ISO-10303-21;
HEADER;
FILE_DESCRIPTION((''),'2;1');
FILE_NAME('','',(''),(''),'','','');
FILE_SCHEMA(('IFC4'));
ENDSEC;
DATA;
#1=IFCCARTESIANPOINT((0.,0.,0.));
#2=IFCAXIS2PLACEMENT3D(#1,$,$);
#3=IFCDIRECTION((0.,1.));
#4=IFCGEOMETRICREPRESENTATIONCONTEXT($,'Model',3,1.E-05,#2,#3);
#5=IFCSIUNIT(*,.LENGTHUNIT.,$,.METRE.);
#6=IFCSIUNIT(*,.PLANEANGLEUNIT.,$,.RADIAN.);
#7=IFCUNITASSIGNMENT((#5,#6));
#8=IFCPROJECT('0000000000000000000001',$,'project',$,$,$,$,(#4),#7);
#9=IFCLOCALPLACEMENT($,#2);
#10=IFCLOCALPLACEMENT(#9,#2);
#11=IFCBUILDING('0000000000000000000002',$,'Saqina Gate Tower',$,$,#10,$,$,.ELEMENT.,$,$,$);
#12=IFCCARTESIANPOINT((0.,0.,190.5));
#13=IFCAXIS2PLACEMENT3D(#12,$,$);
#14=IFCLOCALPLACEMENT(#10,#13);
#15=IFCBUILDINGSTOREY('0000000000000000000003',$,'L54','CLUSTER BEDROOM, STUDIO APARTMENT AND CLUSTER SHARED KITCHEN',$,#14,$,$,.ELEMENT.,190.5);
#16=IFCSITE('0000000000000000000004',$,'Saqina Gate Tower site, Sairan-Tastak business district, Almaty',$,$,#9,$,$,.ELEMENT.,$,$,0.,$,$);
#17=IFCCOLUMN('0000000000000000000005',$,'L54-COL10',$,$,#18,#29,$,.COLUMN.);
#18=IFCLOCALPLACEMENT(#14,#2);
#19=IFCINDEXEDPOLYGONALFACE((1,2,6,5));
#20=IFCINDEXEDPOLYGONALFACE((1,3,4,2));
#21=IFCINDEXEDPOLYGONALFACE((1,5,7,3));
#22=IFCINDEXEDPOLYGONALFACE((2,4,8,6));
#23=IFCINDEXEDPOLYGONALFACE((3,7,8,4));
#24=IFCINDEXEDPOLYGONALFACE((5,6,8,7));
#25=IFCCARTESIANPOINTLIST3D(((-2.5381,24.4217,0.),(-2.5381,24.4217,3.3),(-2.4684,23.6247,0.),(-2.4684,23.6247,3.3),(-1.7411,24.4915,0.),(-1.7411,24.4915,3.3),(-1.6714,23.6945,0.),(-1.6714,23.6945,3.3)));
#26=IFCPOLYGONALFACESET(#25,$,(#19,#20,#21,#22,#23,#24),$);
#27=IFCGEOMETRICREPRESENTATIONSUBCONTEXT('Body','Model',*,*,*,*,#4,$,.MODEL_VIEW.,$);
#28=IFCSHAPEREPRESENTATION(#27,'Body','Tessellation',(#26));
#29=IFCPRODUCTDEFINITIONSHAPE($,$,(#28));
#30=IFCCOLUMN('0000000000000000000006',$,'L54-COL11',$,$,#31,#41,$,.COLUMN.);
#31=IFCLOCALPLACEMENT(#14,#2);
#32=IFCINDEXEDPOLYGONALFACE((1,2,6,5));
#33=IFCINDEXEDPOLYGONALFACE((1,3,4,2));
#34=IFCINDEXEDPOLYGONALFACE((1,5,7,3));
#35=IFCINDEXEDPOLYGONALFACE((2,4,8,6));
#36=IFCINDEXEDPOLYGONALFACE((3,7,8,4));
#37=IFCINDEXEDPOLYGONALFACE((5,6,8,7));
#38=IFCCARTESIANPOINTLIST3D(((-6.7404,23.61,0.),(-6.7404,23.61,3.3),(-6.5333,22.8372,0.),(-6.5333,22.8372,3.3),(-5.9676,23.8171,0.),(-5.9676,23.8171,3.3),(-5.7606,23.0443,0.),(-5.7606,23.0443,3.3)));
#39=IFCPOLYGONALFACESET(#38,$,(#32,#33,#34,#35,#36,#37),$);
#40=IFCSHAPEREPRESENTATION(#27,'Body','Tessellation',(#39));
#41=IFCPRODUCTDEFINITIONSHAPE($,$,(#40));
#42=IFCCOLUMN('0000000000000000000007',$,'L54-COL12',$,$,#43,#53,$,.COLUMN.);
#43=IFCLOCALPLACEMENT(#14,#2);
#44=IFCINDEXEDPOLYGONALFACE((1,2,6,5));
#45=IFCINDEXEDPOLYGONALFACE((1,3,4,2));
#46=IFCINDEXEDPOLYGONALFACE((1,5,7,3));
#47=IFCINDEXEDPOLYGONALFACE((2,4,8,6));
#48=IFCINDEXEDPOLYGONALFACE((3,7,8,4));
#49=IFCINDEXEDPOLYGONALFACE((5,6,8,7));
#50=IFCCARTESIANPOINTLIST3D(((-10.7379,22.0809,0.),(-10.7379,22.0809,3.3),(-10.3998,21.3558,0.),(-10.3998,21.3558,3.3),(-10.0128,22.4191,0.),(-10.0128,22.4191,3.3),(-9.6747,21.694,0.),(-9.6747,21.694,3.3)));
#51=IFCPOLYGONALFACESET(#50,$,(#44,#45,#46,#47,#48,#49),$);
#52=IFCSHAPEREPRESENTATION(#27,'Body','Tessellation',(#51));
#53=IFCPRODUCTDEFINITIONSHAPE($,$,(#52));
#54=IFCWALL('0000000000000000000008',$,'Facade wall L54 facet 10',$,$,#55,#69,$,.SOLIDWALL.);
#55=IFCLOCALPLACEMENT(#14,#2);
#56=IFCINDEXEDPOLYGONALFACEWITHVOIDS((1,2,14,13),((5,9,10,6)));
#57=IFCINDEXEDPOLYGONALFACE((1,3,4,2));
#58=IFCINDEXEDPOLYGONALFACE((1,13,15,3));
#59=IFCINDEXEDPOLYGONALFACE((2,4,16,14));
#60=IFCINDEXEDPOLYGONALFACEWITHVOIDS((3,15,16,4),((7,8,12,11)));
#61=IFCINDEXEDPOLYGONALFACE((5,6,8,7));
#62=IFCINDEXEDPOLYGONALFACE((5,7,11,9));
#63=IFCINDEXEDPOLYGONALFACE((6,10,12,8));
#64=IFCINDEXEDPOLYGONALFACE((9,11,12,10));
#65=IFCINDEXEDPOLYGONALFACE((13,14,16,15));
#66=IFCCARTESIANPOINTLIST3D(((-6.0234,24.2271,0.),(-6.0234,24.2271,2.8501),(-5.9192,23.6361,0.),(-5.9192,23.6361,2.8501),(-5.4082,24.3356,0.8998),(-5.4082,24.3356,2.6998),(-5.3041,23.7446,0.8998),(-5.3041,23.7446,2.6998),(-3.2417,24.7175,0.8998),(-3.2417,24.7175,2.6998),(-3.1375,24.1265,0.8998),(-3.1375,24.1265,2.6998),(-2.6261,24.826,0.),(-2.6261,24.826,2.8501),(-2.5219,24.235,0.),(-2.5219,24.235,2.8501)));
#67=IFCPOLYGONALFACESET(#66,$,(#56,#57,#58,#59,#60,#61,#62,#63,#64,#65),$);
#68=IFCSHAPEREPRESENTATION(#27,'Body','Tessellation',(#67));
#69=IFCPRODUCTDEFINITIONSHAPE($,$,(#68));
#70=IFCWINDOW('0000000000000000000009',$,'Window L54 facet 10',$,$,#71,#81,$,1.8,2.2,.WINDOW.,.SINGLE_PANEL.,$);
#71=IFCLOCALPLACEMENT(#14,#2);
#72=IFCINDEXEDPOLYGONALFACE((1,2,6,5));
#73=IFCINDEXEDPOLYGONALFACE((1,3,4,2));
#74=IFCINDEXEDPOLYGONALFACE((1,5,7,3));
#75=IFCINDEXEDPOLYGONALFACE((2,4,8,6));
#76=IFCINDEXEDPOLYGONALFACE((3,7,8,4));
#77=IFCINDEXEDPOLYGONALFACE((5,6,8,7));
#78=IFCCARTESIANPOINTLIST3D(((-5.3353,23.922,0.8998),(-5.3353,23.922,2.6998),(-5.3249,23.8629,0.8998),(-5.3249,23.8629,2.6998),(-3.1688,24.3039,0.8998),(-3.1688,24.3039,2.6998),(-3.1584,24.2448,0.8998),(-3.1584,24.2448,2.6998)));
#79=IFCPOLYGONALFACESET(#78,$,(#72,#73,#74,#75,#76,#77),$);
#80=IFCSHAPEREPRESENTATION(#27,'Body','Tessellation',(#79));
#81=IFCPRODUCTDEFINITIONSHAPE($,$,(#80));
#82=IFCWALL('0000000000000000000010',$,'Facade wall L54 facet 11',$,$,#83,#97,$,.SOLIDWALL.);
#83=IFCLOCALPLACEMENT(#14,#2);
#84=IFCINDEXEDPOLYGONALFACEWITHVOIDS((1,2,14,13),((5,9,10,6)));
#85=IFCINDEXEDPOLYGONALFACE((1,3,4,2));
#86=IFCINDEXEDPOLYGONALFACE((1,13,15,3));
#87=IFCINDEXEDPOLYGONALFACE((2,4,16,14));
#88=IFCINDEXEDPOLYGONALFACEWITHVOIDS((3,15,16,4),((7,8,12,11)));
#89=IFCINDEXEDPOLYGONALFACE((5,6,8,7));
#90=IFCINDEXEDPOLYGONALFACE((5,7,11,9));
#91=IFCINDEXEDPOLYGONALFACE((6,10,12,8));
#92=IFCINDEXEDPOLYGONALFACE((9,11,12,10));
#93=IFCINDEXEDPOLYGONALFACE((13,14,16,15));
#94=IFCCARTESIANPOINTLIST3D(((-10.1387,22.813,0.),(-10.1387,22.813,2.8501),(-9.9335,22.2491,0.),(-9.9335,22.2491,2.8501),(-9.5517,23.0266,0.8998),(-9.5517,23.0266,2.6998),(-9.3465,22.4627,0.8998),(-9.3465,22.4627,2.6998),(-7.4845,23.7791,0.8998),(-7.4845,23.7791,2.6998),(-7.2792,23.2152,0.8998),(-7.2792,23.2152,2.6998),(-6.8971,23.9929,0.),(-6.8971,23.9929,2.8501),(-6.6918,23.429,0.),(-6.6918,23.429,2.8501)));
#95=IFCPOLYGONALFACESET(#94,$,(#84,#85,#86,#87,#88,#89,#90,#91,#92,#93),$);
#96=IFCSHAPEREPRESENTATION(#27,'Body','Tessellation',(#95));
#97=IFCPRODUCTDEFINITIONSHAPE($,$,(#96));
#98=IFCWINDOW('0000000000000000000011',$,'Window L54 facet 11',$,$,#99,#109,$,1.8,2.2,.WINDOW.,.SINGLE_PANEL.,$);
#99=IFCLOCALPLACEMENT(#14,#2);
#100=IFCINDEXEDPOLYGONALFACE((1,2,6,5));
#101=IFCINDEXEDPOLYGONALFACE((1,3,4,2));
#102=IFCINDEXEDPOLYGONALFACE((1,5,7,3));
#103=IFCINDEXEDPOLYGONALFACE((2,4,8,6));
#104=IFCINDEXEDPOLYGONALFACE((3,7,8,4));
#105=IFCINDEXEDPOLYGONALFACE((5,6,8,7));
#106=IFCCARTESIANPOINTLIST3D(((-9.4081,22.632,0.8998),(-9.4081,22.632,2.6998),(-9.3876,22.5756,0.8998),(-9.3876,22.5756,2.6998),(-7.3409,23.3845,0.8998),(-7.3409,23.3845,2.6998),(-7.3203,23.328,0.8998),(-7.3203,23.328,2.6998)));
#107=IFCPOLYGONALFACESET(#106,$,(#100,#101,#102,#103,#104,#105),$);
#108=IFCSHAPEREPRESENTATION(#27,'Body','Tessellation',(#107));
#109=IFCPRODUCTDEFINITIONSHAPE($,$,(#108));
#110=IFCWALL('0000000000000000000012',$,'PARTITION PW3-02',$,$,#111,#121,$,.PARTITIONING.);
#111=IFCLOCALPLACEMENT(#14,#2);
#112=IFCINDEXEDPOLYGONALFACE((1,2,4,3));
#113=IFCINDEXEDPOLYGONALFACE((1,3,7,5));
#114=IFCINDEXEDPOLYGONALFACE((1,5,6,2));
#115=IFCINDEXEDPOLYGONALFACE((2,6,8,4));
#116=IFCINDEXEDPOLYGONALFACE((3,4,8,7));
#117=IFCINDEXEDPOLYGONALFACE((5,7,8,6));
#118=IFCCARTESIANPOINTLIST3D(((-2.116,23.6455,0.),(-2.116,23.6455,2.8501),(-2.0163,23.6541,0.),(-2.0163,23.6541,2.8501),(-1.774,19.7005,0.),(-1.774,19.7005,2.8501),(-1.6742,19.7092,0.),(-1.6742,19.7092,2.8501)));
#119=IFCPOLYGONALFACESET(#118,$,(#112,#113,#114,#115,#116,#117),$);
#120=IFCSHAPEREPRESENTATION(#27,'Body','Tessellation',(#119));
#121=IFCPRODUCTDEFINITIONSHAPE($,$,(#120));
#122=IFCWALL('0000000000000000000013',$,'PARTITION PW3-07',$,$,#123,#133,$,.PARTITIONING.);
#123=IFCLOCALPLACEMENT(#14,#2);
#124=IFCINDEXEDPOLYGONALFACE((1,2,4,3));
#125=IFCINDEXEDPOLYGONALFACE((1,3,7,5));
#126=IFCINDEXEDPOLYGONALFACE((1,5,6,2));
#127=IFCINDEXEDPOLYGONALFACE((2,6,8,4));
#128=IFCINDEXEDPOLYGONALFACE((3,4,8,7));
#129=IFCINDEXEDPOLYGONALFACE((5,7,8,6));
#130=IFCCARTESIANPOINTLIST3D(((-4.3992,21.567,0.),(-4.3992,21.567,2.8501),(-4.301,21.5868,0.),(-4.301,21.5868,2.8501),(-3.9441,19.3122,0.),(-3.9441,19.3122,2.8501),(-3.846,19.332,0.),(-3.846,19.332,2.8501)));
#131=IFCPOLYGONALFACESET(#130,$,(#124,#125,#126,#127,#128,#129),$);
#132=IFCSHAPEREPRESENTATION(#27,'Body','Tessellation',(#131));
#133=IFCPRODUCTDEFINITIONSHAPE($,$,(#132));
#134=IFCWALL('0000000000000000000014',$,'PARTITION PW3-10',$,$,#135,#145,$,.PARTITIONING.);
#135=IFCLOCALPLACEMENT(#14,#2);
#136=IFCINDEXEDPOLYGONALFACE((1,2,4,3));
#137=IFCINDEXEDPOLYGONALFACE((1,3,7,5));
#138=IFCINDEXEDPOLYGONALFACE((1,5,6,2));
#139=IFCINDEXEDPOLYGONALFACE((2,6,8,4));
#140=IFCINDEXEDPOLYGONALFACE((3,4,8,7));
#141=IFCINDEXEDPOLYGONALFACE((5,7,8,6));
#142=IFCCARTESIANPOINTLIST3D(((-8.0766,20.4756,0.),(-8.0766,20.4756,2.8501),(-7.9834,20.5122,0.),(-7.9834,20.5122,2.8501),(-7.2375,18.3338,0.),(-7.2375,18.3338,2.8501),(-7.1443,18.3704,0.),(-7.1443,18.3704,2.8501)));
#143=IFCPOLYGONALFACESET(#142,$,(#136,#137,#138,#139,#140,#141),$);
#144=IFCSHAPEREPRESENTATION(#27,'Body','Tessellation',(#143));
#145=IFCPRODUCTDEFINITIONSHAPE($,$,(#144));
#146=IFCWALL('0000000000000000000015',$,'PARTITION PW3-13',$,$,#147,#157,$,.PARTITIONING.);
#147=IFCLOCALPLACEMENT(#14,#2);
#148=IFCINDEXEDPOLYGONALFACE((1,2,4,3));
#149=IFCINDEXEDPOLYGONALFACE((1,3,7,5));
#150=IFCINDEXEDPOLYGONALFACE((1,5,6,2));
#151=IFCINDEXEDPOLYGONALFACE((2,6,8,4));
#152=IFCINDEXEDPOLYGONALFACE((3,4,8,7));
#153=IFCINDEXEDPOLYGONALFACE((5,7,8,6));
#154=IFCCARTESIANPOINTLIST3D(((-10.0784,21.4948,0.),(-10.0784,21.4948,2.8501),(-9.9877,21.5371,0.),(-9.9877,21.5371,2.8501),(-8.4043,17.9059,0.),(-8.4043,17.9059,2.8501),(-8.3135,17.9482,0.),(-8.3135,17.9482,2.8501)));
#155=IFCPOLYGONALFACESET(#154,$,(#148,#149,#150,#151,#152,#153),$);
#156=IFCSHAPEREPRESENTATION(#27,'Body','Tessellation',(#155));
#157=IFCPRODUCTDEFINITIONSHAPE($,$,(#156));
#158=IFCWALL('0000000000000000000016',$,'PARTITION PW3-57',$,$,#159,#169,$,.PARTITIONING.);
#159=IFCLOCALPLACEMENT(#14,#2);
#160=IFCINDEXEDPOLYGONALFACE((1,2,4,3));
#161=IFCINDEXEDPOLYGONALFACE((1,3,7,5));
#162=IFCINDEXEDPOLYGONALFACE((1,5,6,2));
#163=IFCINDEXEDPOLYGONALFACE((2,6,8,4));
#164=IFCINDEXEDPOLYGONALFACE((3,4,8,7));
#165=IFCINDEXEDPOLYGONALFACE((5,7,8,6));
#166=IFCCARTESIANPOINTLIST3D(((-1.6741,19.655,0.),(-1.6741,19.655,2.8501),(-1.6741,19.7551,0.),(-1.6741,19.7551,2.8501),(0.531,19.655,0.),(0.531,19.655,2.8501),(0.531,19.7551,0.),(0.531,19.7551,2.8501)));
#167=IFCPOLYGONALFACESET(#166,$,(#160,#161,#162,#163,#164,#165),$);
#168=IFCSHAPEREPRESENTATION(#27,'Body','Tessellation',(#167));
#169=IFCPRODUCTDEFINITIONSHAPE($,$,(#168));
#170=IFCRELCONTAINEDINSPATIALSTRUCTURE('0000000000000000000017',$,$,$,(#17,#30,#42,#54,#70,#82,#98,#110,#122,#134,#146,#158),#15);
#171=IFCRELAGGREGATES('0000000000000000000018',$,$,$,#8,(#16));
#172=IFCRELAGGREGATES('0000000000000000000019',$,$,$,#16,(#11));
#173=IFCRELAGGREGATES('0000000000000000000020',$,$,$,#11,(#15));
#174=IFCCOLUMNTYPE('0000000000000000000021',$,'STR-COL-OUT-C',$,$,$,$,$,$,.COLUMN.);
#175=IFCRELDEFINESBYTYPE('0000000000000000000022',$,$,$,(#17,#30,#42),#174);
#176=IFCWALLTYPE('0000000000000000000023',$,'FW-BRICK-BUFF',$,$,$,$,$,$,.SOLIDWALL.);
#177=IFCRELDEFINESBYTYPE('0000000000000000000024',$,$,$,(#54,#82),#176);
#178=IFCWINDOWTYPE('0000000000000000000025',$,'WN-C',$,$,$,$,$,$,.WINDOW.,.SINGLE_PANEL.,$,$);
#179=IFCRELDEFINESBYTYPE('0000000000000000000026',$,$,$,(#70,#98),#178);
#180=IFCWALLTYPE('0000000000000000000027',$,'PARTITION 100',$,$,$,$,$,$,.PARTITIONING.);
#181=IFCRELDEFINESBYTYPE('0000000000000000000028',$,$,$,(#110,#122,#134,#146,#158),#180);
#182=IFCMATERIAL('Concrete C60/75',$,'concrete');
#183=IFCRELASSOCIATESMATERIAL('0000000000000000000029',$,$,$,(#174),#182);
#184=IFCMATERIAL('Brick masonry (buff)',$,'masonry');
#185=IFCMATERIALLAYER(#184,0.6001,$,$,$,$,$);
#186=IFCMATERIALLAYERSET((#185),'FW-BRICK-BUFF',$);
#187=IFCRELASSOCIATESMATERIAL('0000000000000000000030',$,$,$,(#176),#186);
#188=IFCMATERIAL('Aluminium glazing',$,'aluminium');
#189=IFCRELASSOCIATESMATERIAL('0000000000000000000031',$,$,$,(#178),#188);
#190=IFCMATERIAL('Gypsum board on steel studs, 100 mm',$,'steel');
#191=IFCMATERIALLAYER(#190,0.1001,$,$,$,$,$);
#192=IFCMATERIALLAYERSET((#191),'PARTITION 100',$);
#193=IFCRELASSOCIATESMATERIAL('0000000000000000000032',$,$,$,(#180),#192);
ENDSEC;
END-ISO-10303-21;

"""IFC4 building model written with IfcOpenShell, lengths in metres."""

from ifc_helpers import new_model, si_unit, direction, frame, frame_2d, origin, origin_2d, place, context, subcontext, project, spatial, rectangle, extrude, material, layer, layer_set, material_profile, profile_set, type_object, element, fill, save


model = new_model("IFC4")

# Units and contexts
model_context = context("Model", 3, precision=1e-05, world=origin(), true_north=direction((0.0, 1.0)))
body_context = subcontext(model_context, "Body", "Model", "MODEL_VIEW")
ifc_project = project(units=[si_unit("LENGTHUNIT", "METRE"), si_unit("PLANEANGLEUNIT", "RADIAN")], contexts=[model_context])

# Site, building, storey
site_placement = place(None, origin())
site = spatial("IfcSite", under=ifc_project, at=site_placement, Name="Saqina Gate Tower site, Sairan-Tastak business district, Almaty", CompositionType="ELEMENT", RefElevation=0.0)
building_placement = place(site_placement, origin())
building = spatial("IfcBuilding", under=site, at=building_placement, Name="Saqina Gate Tower", CompositionType="ELEMENT")
storey_placement = place(building_placement, frame((0.0, 0.0, 190.5)))
storey = spatial("IfcBuildingStorey", under=building, at=storey_placement, Name="L54", Description="CLUSTER BEDROOM, STUDIO APARTMENT AND CLUSTER SHARED KITCHEN", CompositionType="ELEMENT", Elevation=190.5)

# Columns
ifc_material_1 = material(Name="Concrete C60/75", Category="concrete")
ifc_material_profile = material_profile(ifc_material_1, rectangle(XDim=0.8, YDim=0.8, at=origin_2d()), Name="RC 800x800")
ifc_profile_set = profile_set([ifc_material_profile], Name="Concrete C60/75")
column_type = type_object("IfcColumnType", Name="STR-COL-OUT-C", PredefinedType="COLUMN", material=ifc_profile_set)
for number, where, z_axis, x_axis, name in (
    (1, (-2.1047, 24.0581, 0.0), (0.0, 0.0, 1.0), (-0.087156, 0.996195, 0.0), "L54-COL10"),
    (2, (-6.2505, 23.3271, 0.0), (0.0, 0.0, 1.0), (-0.258819, 0.965926, 0.0), "L54-COL11"),
    (3, (-10.2063, 21.8875, 0.0), (0.0, 0.0, 1.0), (-0.422618, 0.906308, 0.0), "L54-COL12"),
):
    element("IfcColumn", number, at=place(storey_placement, frame(where, z_axis=z_axis, x_axis=x_axis)), inside=storey, type_object=column_type, Name=name, PredefinedType="COLUMN", context=body_context, shape_type="SweptSolid", body=[
        extrude(rectangle(XDim=0.8, YDim=0.8, at=origin_2d()), origin(), (0.0, 0.0, 1.0), 3.3),
    ])

# Walls, openings, windows
ifc_material_2 = material(Name="Brick masonry (buff)", Category="masonry")
ifc_layer_1 = layer(ifc_material_2, 0.6001)
ifc_layer_set_1 = layer_set([ifc_layer_1], Name="FW-BRICK-BUFF")
wall_type_1 = type_object("IfcWallType", Name="FW-BRICK-BUFF", PredefinedType="SOLIDWALL", material=ifc_layer_set_1)
wall_1_placement = place(storey_placement, frame((-2.574, 24.5305, 0.0), z_axis=(0.0, 0.0, 1.0), x_axis=(-0.984815, -0.173608, 0.0)))
wall_1 = element("IfcWall", 4, at=wall_1_placement, inside=storey, type_object=wall_type_1, Name="Facade wall L54 facet 10", PredefinedType="SOLIDWALL", context=body_context, shape_type="SweptSolid", body=[
    extrude(rectangle(XDim=3.4497, YDim=0.6001, at=frame_2d((1.7249, 0.0))), origin(), (0.0, 0.0, 1.0), 2.8501),
])
opening_1_placement = place(wall_1_placement, frame((0.625, 0.0, 0.8999)))
opening_1 = element("IfcOpeningElement", 5, at=opening_1_placement, cuts=wall_1, PredefinedType="OPENING", context=body_context, shape_type="SweptSolid", body=[
    extrude(rectangle(XDim=2.2, YDim=1.8, at=frame_2d((1.1001, 0.8999))), frame((0.0, 0.312, 0.0), z_axis=(0.0, -1.0, 0.0), x_axis=(1.0, 0.0, 0.0)), (0.0, 0.0, 1.0), 0.624),
])
ifc_material_3 = material(Name="Aluminium glazing", Category="aluminium")
window_type = type_object("IfcWindowType", Name="WN-C", PartitioningType="SINGLE_PANEL", PredefinedType="WINDOW", material=ifc_material_3)
window_1_placement = place(opening_1_placement, origin())
window_1 = element("IfcWindow", 6, at=window_1_placement, inside=storey, type_object=window_type, Name="Window L54 facet 10", OverallHeight=1.8, OverallWidth=2.2, PartitioningType="SINGLE_PANEL", PredefinedType="WINDOW", context=body_context, shape_type="SweptSolid", body=[
    extrude(rectangle(XDim=2.2, YDim=1.8, at=frame_2d((1.1001, 0.8999))), frame((0.0, 0.1799, 0.0), z_axis=(0.0, -1.0, 0.0), x_axis=(1.0, 0.0, 0.0)), (0.0, 0.0, 1.0), 0.0601),
])
fill(opening_1, window_1)
wall_2_placement = place(storey_placement, frame((-6.7944, 23.7109, 0.0), z_axis=(0.0, 0.0, 1.0), x_axis=(-0.939688, -0.342033, 0.0)))
wall_2 = element("IfcWall", 7, at=wall_2_placement, inside=storey, type_object=wall_type_1, Name="Facade wall L54 facet 11", PredefinedType="SOLIDWALL", context=body_context, shape_type="SweptSolid", body=[
    extrude(rectangle(XDim=3.4497, YDim=0.6001, at=frame_2d((1.7249, 0.0))), origin(), (0.0, 0.0, 1.0), 2.8501),
])
opening_2_placement = place(wall_2_placement, frame((0.625, 0.0, 0.8999)))
opening_2 = element("IfcOpeningElement", 8, at=opening_2_placement, cuts=wall_2, PredefinedType="OPENING", context=body_context, shape_type="SweptSolid", body=[
    extrude(rectangle(XDim=2.2, YDim=1.8, at=frame_2d((1.1001, 0.8999))), frame((0.0, 0.312, 0.0), z_axis=(0.0, -1.0, 0.0), x_axis=(1.0, 0.0, 0.0)), (0.0, 0.0, 1.0), 0.624),
])
window_2_placement = place(opening_2_placement, origin())
window_2 = element("IfcWindow", 9, at=window_2_placement, inside=storey, type_object=window_type, Name="Window L54 facet 11", OverallHeight=1.8, OverallWidth=2.2, PartitioningType="SINGLE_PANEL", PredefinedType="WINDOW", context=body_context, shape_type="SweptSolid", body=[
    extrude(rectangle(XDim=2.2, YDim=1.8, at=frame_2d((1.1001, 0.8999))), frame((0.0, 0.1799, 0.0), z_axis=(0.0, -1.0, 0.0), x_axis=(1.0, 0.0, 0.0)), (0.0, 0.0, 1.0), 0.0601),
])
fill(opening_2, window_2)

# Walls
ifc_material_4 = material(Name="Gypsum board on steel studs, 100 mm", Category="steel")
ifc_layer_2 = layer(ifc_material_4, 0.1001)
ifc_layer_set_2 = layer_set([ifc_layer_2], Name="PARTITION 100")
wall_type_2 = type_object("IfcWallType", Name="PARTITION 100", PredefinedType="PARTITIONING", material=ifc_layer_set_2)
wall_3_placement = place(storey_placement, frame((-2.0662, 23.6499, 0.0), z_axis=(0.0, 0.0, 1.0), x_axis=(0.086382, -0.996262, 0.0)))
element("IfcWall", 10, at=wall_3_placement, inside=storey, type_object=wall_type_2, Name="PARTITION PW3-02", PredefinedType="PARTITIONING", context=body_context, shape_type="SweptSolid", body=[
    extrude(rectangle(XDim=3.9597, YDim=0.1001, at=frame_2d((1.98, 0.0))), origin(), (0.0, 0.0, 1.0), 2.8501),
])
for number, where, z_axis, x_axis, name in (
    (11, (-4.3501, 21.5769, 0.0), (0.0, 0.0, 1.0), (0.19783, -0.980236, 0.0), "PARTITION PW3-07"),
    (12, (-8.03, 20.4939, 0.0), (0.0, 0.0, 1.0), (0.364775, -0.931096, 0.0), "PARTITION PW3-10"),
):
    element("IfcWall", number, at=place(storey_placement, frame(where, z_axis=z_axis, x_axis=x_axis)), inside=storey, type_object=wall_type_2, Name=name, PredefinedType="PARTITIONING", context=body_context, shape_type="SweptSolid", body=[
        extrude(rectangle(XDim=2.3003, YDim=0.1001, at=frame_2d((1.1501, 0.0))), origin(), (0.0, 0.0, 1.0), 2.8501),
    ])
wall_4_placement = place(storey_placement, frame((-10.033, 21.5159, 0.0), z_axis=(0.0, 0.0, 1.0), x_axis=(0.422734, -0.906254, 0.0)))
element("IfcWall", 13, at=wall_4_placement, inside=storey, type_object=wall_type_2, Name="PARTITION PW3-13", PredefinedType="PARTITIONING", context=body_context, shape_type="SweptSolid", body=[
    extrude(rectangle(XDim=3.9602, YDim=0.1001, at=frame_2d((1.98, 0.0))), origin(), (0.0, 0.0, 1.0), 2.8501),
])
wall_5_placement = place(storey_placement, frame((-1.6741, 19.7051, 0.0), z_axis=(0.0, 0.0, 1.0), x_axis=(1.0, 0.0, 0.0)))
element("IfcWall", 14, at=wall_5_placement, inside=storey, type_object=wall_type_2, Name="PARTITION PW3-57", PredefinedType="PARTITIONING", context=body_context, shape_type="SweptSolid", body=[
    extrude(rectangle(XDim=2.2051, YDim=0.1001, at=frame_2d((1.1025, 0.0))), origin(), (0.0, 0.0, 1.0), 2.8501),
])

save(model, "model.ifc")
